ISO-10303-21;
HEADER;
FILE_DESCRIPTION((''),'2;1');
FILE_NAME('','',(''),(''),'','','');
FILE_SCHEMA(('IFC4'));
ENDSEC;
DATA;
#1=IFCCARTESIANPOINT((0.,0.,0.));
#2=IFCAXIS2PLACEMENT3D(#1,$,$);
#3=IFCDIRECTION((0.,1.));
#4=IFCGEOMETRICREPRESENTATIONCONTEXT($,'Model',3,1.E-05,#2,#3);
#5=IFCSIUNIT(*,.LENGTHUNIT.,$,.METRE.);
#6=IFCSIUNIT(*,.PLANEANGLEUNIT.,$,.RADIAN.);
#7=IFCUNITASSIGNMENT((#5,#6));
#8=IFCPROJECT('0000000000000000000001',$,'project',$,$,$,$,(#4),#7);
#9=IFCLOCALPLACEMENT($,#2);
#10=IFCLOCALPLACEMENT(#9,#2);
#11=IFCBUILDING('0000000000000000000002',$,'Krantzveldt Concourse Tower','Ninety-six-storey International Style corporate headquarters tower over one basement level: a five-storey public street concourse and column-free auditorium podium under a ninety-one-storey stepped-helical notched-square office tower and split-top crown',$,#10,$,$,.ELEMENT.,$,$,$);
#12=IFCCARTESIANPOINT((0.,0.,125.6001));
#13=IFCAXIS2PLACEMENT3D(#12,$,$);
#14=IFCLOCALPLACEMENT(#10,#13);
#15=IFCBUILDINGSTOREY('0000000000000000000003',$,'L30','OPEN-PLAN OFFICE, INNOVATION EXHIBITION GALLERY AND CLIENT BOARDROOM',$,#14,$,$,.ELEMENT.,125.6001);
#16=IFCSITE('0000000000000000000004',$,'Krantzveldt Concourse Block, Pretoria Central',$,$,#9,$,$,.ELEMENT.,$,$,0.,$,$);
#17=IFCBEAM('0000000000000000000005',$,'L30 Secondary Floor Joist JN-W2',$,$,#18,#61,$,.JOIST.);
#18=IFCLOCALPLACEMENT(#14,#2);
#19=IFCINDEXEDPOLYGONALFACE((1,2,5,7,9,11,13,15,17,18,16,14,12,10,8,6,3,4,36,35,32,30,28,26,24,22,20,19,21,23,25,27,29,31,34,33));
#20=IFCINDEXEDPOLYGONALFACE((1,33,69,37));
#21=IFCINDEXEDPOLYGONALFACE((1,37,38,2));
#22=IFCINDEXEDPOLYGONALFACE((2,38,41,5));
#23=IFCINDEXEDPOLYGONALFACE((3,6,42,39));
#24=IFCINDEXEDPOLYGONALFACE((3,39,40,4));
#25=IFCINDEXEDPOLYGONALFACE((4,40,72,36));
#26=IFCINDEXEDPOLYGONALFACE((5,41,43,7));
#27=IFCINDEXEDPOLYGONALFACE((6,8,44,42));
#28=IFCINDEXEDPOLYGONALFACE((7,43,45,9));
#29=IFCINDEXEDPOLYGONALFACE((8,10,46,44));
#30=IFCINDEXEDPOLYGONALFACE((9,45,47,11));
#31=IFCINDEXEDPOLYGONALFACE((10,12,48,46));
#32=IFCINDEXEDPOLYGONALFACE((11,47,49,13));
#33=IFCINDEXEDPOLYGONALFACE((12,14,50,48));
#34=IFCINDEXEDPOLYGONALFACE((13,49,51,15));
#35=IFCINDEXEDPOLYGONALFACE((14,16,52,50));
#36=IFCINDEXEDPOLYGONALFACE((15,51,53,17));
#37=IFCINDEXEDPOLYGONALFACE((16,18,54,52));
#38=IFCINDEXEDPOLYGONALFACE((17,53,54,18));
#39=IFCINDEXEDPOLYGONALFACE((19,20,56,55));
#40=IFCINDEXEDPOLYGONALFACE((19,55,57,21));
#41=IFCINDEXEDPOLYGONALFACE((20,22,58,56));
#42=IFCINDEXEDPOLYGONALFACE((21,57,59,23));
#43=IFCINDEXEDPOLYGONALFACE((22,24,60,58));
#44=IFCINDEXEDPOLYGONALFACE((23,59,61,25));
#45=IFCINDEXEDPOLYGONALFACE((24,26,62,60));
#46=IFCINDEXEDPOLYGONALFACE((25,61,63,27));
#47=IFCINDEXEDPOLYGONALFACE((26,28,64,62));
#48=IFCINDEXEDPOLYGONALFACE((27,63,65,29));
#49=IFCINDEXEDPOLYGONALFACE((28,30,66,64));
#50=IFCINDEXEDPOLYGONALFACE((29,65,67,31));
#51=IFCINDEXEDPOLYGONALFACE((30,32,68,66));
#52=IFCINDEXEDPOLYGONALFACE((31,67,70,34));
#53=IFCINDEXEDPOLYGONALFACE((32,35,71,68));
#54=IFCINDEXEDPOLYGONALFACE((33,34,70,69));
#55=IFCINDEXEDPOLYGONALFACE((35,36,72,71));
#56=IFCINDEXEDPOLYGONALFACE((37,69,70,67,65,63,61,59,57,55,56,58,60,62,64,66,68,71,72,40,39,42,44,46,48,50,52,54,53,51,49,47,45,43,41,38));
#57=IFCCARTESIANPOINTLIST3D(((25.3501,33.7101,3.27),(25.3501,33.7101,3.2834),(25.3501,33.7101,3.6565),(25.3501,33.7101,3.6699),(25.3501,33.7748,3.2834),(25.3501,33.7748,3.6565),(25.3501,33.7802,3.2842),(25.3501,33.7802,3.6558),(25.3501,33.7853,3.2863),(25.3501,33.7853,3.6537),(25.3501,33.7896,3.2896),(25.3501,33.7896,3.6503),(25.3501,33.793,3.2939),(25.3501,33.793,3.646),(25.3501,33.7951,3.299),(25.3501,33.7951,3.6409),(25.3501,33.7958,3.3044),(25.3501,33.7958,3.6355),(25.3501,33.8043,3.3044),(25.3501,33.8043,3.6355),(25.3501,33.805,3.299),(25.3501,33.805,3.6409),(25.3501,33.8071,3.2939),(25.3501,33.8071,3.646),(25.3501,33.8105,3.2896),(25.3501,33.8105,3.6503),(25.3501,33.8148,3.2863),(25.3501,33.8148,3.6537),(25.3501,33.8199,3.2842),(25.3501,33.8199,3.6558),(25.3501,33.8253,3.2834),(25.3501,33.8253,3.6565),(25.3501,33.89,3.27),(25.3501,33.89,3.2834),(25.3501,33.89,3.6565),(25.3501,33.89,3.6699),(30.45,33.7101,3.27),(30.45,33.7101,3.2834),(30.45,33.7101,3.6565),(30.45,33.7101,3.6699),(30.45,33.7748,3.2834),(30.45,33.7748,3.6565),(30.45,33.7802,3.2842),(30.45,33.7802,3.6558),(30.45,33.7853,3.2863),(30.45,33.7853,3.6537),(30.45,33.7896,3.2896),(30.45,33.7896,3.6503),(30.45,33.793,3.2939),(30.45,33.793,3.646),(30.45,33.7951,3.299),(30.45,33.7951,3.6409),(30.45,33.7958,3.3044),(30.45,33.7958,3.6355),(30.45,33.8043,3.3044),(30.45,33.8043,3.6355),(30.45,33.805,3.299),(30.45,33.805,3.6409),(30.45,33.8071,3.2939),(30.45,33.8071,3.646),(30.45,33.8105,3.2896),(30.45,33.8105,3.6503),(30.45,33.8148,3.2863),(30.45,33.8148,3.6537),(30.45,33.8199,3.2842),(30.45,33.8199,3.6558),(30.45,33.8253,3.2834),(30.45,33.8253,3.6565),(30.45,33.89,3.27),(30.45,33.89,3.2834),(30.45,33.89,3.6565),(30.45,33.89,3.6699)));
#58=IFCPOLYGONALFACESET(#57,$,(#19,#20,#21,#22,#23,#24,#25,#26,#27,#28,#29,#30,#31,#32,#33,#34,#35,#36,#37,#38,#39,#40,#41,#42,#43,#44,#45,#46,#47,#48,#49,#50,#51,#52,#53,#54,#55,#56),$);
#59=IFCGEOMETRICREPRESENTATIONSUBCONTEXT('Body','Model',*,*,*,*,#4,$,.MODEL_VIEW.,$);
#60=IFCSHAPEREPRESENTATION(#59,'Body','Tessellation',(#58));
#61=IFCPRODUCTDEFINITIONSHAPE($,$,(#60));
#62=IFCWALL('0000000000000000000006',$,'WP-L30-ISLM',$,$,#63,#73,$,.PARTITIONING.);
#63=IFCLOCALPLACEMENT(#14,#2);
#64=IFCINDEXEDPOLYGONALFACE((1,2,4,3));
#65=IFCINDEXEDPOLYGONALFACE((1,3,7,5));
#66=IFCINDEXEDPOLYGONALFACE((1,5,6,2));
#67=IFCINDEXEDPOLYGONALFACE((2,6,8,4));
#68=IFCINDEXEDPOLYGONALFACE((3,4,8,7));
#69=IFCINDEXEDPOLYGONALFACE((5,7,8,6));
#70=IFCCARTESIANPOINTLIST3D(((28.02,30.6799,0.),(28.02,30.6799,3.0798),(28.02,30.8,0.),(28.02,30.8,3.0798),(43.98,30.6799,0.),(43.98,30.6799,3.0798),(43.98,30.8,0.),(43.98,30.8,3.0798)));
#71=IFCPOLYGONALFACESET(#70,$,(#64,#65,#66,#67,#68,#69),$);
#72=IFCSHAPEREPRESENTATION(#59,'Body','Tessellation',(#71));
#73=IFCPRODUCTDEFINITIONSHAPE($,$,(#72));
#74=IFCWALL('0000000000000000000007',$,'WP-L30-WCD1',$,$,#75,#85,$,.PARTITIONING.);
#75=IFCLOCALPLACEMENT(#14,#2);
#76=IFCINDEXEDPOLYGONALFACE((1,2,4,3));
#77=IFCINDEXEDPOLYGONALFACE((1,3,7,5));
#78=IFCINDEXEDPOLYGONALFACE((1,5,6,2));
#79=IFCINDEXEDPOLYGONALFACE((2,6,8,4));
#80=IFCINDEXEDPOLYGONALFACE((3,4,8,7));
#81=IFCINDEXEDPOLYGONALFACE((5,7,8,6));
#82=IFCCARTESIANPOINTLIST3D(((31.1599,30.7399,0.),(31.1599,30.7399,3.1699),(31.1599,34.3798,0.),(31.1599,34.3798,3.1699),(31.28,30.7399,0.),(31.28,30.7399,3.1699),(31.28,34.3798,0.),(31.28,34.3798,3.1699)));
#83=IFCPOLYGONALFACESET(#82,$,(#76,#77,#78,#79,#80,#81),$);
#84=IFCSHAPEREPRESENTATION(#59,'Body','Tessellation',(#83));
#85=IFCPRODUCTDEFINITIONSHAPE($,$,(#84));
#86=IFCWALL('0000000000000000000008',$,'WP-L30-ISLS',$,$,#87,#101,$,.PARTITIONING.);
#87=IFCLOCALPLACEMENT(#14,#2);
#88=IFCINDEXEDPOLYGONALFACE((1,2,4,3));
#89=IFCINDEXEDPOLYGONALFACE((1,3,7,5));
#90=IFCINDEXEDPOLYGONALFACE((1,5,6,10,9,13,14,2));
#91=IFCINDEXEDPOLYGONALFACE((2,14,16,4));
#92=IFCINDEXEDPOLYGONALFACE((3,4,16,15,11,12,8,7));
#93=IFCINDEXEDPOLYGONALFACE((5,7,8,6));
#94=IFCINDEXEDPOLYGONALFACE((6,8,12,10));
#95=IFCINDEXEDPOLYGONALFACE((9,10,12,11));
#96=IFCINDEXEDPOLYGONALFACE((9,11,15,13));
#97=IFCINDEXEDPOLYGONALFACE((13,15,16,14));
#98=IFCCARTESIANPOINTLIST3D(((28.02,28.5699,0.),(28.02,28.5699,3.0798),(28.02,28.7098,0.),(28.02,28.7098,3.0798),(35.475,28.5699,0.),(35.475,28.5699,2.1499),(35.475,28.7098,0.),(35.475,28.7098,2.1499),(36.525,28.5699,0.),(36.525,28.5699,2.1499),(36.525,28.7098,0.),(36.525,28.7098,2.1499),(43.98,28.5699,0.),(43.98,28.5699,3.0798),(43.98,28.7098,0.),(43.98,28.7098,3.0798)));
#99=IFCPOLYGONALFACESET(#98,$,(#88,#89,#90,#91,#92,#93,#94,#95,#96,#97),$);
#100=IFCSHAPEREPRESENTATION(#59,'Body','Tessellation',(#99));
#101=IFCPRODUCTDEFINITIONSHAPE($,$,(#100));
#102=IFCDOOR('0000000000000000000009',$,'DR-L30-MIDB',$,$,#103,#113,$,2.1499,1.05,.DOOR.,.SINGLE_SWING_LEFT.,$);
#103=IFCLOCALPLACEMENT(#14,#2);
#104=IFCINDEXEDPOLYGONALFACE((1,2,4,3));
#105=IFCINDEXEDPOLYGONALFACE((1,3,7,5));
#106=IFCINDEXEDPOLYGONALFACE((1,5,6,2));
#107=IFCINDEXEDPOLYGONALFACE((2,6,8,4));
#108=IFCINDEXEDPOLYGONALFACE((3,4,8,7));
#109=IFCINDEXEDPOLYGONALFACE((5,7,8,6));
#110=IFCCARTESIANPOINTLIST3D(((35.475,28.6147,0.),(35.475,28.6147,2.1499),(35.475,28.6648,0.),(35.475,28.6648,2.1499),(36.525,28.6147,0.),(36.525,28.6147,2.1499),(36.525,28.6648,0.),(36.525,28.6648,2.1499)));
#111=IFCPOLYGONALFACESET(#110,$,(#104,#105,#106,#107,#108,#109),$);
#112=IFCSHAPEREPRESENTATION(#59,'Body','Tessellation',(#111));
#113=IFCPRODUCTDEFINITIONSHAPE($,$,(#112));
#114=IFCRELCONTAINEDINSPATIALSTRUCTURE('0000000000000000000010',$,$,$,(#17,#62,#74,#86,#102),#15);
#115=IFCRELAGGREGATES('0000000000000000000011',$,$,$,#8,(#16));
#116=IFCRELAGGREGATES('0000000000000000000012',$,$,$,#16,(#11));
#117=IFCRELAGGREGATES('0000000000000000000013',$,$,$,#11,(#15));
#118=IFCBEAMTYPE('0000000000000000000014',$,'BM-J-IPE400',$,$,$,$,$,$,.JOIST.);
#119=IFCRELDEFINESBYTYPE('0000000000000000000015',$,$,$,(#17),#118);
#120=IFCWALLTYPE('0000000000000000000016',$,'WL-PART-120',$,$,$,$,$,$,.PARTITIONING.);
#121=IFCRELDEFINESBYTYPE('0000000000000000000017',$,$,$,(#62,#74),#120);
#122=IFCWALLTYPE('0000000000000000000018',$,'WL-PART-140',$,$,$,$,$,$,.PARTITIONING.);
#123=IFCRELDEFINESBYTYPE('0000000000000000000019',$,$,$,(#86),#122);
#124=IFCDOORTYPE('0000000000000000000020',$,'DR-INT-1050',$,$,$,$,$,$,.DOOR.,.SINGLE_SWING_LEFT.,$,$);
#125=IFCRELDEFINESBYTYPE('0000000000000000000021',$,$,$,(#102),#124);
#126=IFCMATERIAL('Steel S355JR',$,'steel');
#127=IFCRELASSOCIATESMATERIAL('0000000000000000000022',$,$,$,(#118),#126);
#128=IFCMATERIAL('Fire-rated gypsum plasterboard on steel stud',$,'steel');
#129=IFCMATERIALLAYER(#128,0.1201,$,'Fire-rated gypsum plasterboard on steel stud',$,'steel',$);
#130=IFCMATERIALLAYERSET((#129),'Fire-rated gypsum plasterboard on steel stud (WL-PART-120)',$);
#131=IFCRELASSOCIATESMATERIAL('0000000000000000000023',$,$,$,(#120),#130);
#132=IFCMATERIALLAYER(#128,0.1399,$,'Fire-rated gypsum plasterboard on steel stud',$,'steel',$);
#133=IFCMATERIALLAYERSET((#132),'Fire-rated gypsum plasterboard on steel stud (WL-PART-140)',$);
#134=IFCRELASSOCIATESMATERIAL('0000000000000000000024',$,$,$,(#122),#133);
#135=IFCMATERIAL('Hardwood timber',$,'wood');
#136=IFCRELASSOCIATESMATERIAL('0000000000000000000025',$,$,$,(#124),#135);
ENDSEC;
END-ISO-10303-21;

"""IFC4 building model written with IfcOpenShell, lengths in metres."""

from ifc_helpers import new_model, si_unit, direction, frame, frame_2d, origin, origin_2d, place, context, subcontext, project, spatial, rectangle, i_section, extrude, source, transform, mapped, material, layer, layer_set, material_profile, profile_set, type_object, type_shapes, element, fill, save


model = new_model("IFC4")

# Units and contexts
model_context = context("Model", 3, precision=1e-05, world=origin(), true_north=direction((0.0, 1.0)))
body_context = subcontext(model_context, "Body", "Model", "MODEL_VIEW")
ifc_project = project(units=[si_unit("LENGTHUNIT", "METRE"), si_unit("PLANEANGLEUNIT", "RADIAN")], contexts=[model_context])

# Site, building, storey
site_placement = place(None, origin())
site = spatial("IfcSite", under=ifc_project, at=site_placement, Name="Krantzveldt Concourse Block, Pretoria Central", CompositionType="ELEMENT", RefElevation=0.0)
building_placement = place(site_placement, origin())
building = spatial("IfcBuilding", under=site, at=building_placement, Name="Krantzveldt Concourse Tower", Description="Ninety-six-storey International Style corporate headquarters tower over one basement level: a five-storey public street concourse and column-free auditorium podium under a ninety-one-storey stepped-helical notched-square office tower and split-top crown", CompositionType="ELEMENT")
storey_placement = place(building_placement, frame((0.0, 0.0, 125.6001)))
storey = spatial("IfcBuildingStorey", under=building, at=storey_placement, Name="L30", Description="OPEN-PLAN OFFICE, INNOVATION EXHIBITION GALLERY AND CLIENT BOARDROOM", CompositionType="ELEMENT", Elevation=125.6001)

# Beam
ifc_material_1 = material(Name="Steel S355JR", Category="steel")
ifc_material_profile_1 = material_profile(ifc_material_1, i_section(OverallWidth=0.1799, OverallDepth=0.3999, WebThickness=0.0085, FlangeThickness=0.0134, FilletRadius=0.021, at=origin_2d()), Name="Steel S355JR", Category="steel")
ifc_profile_set_1 = profile_set([ifc_material_profile_1], Name="Steel S355JR - IPE 400")
beam_type_1 = type_object("IfcBeamType", Name="BM-J-IPE400", PredefinedType="JOIST", material=ifc_profile_set_1)
shared_shape_1 = source(origin(), body_context, "Body", "SweptSolid", [
    extrude(i_section(OverallWidth=0.1799, OverallDepth=0.3999, WebThickness=0.0085, FlangeThickness=0.0134, FilletRadius=0.021, at=origin_2d()), origin(), (0.0, 0.0, 1.0), 5.0999),
])
type_shapes(beam_type_1, [shared_shape_1])
beam_1_placement = place(storey_placement, frame((25.3501, 33.8, 3.47), z_axis=(1.0, 0.0, 0.0), x_axis=(0.0, 1.0, 0.0)))
element("IfcBeam", 1, at=beam_1_placement, inside=storey, type_object=beam_type_1, Name="L30 Secondary Floor Joist JN-W2", PredefinedType="JOIST", context=body_context, shape_type="MappedRepresentation", body=[
    mapped(shared_shape_1, transform((0.0, 0.0, 0.0), x_axis=(1.0, 0.0, 0.0), y_axis=(0.0, 1.0, 0.0), z_axis=(0.0, 0.0, 1.0), scale=1.0)),
])

# Walls
ifc_material_2 = material(Name="Fire-rated gypsum plasterboard on steel stud", Category="steel")
ifc_layer_1 = layer(ifc_material_2, 0.1201, Name="Fire-rated gypsum plasterboard on steel stud", Category="steel")
ifc_layer_set_1 = layer_set([ifc_layer_1], Name="Fire-rated gypsum plasterboard on steel stud (WL-PART-120)")
wall_type_1 = type_object("IfcWallType", Name="WL-PART-120", PredefinedType="PARTITIONING", material=ifc_layer_set_1)
wall_1_placement = place(storey_placement, frame((28.02, 30.74, 0.0), z_axis=(0.0, 0.0, 1.0), x_axis=(1.0, 0.0, 0.0)))
element("IfcWall", 2, at=wall_1_placement, inside=storey, type_object=wall_type_1, Name="WP-L30-ISLM", PredefinedType="PARTITIONING", context=body_context, shape_type="SweptSolid", body=[
    extrude(rectangle(XDim=15.96, YDim=0.1201, at=frame_2d((7.98, 0.0))), origin(), (0.0, 0.0, 1.0), 3.0798),
])
wall_2_placement = place(storey_placement, frame((31.22, 30.74, 0.0), z_axis=(0.0, 0.0, 1.0), x_axis=(0.0, 1.0, 0.0)))
element("IfcWall", 3, at=wall_2_placement, inside=storey, type_object=wall_type_1, Name="WP-L30-WCD1", PredefinedType="PARTITIONING", context=body_context, shape_type="SweptSolid", body=[
    extrude(rectangle(XDim=3.6399, YDim=0.1201, at=frame_2d((1.8198, 0.0))), origin(), (0.0, 0.0, 1.0), 3.1699),
])

# Wall, opening, door
ifc_layer_2 = layer(ifc_material_2, 0.1399, Name="Fire-rated gypsum plasterboard on steel stud", Category="steel")
ifc_layer_set_2 = layer_set([ifc_layer_2], Name="Fire-rated gypsum plasterboard on steel stud (WL-PART-140)")
wall_type_2 = type_object("IfcWallType", Name="WL-PART-140", PredefinedType="PARTITIONING", material=ifc_layer_set_2)
wall_3_placement = place(storey_placement, frame((28.02, 28.6399, 0.0), z_axis=(0.0, 0.0, 1.0), x_axis=(1.0, 0.0, 0.0)))
wall_3 = element("IfcWall", 4, at=wall_3_placement, inside=storey, type_object=wall_type_2, Name="WP-L30-ISLS", PredefinedType="PARTITIONING", context=body_context, shape_type="SweptSolid", body=[
    extrude(rectangle(XDim=15.96, YDim=0.1399, at=frame_2d((7.98, 0.0))), origin(), (0.0, 0.0, 1.0), 3.0798),
])
opening_1_placement = place(wall_3_placement, frame((7.4551, 0.0, 0.0)))
opening_1 = element("IfcOpeningElement", 5, at=opening_1_placement, cuts=wall_3, PredefinedType="OPENING", context=body_context, shape_type="SweptSolid", body=[
    extrude(rectangle(XDim=1.05, YDim=2.1499, at=frame_2d((0.5249, 1.075))), frame((0.0, 0.0801, 0.0), z_axis=(0.0, -1.0, 0.0), x_axis=(1.0, 0.0, 0.0)), (0.0, 0.0, 1.0), 0.1599),
])
ifc_material_3 = material(Name="Hardwood timber", Category="wood")
door_type_1 = type_object("IfcDoorType", Name="DR-INT-1050", OperationType="SINGLE_SWING_LEFT", PredefinedType="DOOR", material=ifc_material_3)
door_1_placement = place(opening_1_placement, origin())
door_1 = element("IfcDoor", 6, at=door_1_placement, inside=storey, type_object=door_type_1, Name="DR-L30-MIDB", OperationType="SINGLE_SWING_LEFT", OverallHeight=2.1499, OverallWidth=1.05, PredefinedType="DOOR", context=body_context, shape_type="SweptSolid", body=[
    extrude(rectangle(XDim=1.05, YDim=2.1499, at=frame_2d((0.5249, 1.075))), frame((0.0, 0.0249, 0.0), z_axis=(0.0, -1.0, 0.0), x_axis=(1.0, 0.0, 0.0)), (0.0, 0.0, 1.0), 0.05),
])
fill(opening_1, door_1)

save(model, "model.ifc")
